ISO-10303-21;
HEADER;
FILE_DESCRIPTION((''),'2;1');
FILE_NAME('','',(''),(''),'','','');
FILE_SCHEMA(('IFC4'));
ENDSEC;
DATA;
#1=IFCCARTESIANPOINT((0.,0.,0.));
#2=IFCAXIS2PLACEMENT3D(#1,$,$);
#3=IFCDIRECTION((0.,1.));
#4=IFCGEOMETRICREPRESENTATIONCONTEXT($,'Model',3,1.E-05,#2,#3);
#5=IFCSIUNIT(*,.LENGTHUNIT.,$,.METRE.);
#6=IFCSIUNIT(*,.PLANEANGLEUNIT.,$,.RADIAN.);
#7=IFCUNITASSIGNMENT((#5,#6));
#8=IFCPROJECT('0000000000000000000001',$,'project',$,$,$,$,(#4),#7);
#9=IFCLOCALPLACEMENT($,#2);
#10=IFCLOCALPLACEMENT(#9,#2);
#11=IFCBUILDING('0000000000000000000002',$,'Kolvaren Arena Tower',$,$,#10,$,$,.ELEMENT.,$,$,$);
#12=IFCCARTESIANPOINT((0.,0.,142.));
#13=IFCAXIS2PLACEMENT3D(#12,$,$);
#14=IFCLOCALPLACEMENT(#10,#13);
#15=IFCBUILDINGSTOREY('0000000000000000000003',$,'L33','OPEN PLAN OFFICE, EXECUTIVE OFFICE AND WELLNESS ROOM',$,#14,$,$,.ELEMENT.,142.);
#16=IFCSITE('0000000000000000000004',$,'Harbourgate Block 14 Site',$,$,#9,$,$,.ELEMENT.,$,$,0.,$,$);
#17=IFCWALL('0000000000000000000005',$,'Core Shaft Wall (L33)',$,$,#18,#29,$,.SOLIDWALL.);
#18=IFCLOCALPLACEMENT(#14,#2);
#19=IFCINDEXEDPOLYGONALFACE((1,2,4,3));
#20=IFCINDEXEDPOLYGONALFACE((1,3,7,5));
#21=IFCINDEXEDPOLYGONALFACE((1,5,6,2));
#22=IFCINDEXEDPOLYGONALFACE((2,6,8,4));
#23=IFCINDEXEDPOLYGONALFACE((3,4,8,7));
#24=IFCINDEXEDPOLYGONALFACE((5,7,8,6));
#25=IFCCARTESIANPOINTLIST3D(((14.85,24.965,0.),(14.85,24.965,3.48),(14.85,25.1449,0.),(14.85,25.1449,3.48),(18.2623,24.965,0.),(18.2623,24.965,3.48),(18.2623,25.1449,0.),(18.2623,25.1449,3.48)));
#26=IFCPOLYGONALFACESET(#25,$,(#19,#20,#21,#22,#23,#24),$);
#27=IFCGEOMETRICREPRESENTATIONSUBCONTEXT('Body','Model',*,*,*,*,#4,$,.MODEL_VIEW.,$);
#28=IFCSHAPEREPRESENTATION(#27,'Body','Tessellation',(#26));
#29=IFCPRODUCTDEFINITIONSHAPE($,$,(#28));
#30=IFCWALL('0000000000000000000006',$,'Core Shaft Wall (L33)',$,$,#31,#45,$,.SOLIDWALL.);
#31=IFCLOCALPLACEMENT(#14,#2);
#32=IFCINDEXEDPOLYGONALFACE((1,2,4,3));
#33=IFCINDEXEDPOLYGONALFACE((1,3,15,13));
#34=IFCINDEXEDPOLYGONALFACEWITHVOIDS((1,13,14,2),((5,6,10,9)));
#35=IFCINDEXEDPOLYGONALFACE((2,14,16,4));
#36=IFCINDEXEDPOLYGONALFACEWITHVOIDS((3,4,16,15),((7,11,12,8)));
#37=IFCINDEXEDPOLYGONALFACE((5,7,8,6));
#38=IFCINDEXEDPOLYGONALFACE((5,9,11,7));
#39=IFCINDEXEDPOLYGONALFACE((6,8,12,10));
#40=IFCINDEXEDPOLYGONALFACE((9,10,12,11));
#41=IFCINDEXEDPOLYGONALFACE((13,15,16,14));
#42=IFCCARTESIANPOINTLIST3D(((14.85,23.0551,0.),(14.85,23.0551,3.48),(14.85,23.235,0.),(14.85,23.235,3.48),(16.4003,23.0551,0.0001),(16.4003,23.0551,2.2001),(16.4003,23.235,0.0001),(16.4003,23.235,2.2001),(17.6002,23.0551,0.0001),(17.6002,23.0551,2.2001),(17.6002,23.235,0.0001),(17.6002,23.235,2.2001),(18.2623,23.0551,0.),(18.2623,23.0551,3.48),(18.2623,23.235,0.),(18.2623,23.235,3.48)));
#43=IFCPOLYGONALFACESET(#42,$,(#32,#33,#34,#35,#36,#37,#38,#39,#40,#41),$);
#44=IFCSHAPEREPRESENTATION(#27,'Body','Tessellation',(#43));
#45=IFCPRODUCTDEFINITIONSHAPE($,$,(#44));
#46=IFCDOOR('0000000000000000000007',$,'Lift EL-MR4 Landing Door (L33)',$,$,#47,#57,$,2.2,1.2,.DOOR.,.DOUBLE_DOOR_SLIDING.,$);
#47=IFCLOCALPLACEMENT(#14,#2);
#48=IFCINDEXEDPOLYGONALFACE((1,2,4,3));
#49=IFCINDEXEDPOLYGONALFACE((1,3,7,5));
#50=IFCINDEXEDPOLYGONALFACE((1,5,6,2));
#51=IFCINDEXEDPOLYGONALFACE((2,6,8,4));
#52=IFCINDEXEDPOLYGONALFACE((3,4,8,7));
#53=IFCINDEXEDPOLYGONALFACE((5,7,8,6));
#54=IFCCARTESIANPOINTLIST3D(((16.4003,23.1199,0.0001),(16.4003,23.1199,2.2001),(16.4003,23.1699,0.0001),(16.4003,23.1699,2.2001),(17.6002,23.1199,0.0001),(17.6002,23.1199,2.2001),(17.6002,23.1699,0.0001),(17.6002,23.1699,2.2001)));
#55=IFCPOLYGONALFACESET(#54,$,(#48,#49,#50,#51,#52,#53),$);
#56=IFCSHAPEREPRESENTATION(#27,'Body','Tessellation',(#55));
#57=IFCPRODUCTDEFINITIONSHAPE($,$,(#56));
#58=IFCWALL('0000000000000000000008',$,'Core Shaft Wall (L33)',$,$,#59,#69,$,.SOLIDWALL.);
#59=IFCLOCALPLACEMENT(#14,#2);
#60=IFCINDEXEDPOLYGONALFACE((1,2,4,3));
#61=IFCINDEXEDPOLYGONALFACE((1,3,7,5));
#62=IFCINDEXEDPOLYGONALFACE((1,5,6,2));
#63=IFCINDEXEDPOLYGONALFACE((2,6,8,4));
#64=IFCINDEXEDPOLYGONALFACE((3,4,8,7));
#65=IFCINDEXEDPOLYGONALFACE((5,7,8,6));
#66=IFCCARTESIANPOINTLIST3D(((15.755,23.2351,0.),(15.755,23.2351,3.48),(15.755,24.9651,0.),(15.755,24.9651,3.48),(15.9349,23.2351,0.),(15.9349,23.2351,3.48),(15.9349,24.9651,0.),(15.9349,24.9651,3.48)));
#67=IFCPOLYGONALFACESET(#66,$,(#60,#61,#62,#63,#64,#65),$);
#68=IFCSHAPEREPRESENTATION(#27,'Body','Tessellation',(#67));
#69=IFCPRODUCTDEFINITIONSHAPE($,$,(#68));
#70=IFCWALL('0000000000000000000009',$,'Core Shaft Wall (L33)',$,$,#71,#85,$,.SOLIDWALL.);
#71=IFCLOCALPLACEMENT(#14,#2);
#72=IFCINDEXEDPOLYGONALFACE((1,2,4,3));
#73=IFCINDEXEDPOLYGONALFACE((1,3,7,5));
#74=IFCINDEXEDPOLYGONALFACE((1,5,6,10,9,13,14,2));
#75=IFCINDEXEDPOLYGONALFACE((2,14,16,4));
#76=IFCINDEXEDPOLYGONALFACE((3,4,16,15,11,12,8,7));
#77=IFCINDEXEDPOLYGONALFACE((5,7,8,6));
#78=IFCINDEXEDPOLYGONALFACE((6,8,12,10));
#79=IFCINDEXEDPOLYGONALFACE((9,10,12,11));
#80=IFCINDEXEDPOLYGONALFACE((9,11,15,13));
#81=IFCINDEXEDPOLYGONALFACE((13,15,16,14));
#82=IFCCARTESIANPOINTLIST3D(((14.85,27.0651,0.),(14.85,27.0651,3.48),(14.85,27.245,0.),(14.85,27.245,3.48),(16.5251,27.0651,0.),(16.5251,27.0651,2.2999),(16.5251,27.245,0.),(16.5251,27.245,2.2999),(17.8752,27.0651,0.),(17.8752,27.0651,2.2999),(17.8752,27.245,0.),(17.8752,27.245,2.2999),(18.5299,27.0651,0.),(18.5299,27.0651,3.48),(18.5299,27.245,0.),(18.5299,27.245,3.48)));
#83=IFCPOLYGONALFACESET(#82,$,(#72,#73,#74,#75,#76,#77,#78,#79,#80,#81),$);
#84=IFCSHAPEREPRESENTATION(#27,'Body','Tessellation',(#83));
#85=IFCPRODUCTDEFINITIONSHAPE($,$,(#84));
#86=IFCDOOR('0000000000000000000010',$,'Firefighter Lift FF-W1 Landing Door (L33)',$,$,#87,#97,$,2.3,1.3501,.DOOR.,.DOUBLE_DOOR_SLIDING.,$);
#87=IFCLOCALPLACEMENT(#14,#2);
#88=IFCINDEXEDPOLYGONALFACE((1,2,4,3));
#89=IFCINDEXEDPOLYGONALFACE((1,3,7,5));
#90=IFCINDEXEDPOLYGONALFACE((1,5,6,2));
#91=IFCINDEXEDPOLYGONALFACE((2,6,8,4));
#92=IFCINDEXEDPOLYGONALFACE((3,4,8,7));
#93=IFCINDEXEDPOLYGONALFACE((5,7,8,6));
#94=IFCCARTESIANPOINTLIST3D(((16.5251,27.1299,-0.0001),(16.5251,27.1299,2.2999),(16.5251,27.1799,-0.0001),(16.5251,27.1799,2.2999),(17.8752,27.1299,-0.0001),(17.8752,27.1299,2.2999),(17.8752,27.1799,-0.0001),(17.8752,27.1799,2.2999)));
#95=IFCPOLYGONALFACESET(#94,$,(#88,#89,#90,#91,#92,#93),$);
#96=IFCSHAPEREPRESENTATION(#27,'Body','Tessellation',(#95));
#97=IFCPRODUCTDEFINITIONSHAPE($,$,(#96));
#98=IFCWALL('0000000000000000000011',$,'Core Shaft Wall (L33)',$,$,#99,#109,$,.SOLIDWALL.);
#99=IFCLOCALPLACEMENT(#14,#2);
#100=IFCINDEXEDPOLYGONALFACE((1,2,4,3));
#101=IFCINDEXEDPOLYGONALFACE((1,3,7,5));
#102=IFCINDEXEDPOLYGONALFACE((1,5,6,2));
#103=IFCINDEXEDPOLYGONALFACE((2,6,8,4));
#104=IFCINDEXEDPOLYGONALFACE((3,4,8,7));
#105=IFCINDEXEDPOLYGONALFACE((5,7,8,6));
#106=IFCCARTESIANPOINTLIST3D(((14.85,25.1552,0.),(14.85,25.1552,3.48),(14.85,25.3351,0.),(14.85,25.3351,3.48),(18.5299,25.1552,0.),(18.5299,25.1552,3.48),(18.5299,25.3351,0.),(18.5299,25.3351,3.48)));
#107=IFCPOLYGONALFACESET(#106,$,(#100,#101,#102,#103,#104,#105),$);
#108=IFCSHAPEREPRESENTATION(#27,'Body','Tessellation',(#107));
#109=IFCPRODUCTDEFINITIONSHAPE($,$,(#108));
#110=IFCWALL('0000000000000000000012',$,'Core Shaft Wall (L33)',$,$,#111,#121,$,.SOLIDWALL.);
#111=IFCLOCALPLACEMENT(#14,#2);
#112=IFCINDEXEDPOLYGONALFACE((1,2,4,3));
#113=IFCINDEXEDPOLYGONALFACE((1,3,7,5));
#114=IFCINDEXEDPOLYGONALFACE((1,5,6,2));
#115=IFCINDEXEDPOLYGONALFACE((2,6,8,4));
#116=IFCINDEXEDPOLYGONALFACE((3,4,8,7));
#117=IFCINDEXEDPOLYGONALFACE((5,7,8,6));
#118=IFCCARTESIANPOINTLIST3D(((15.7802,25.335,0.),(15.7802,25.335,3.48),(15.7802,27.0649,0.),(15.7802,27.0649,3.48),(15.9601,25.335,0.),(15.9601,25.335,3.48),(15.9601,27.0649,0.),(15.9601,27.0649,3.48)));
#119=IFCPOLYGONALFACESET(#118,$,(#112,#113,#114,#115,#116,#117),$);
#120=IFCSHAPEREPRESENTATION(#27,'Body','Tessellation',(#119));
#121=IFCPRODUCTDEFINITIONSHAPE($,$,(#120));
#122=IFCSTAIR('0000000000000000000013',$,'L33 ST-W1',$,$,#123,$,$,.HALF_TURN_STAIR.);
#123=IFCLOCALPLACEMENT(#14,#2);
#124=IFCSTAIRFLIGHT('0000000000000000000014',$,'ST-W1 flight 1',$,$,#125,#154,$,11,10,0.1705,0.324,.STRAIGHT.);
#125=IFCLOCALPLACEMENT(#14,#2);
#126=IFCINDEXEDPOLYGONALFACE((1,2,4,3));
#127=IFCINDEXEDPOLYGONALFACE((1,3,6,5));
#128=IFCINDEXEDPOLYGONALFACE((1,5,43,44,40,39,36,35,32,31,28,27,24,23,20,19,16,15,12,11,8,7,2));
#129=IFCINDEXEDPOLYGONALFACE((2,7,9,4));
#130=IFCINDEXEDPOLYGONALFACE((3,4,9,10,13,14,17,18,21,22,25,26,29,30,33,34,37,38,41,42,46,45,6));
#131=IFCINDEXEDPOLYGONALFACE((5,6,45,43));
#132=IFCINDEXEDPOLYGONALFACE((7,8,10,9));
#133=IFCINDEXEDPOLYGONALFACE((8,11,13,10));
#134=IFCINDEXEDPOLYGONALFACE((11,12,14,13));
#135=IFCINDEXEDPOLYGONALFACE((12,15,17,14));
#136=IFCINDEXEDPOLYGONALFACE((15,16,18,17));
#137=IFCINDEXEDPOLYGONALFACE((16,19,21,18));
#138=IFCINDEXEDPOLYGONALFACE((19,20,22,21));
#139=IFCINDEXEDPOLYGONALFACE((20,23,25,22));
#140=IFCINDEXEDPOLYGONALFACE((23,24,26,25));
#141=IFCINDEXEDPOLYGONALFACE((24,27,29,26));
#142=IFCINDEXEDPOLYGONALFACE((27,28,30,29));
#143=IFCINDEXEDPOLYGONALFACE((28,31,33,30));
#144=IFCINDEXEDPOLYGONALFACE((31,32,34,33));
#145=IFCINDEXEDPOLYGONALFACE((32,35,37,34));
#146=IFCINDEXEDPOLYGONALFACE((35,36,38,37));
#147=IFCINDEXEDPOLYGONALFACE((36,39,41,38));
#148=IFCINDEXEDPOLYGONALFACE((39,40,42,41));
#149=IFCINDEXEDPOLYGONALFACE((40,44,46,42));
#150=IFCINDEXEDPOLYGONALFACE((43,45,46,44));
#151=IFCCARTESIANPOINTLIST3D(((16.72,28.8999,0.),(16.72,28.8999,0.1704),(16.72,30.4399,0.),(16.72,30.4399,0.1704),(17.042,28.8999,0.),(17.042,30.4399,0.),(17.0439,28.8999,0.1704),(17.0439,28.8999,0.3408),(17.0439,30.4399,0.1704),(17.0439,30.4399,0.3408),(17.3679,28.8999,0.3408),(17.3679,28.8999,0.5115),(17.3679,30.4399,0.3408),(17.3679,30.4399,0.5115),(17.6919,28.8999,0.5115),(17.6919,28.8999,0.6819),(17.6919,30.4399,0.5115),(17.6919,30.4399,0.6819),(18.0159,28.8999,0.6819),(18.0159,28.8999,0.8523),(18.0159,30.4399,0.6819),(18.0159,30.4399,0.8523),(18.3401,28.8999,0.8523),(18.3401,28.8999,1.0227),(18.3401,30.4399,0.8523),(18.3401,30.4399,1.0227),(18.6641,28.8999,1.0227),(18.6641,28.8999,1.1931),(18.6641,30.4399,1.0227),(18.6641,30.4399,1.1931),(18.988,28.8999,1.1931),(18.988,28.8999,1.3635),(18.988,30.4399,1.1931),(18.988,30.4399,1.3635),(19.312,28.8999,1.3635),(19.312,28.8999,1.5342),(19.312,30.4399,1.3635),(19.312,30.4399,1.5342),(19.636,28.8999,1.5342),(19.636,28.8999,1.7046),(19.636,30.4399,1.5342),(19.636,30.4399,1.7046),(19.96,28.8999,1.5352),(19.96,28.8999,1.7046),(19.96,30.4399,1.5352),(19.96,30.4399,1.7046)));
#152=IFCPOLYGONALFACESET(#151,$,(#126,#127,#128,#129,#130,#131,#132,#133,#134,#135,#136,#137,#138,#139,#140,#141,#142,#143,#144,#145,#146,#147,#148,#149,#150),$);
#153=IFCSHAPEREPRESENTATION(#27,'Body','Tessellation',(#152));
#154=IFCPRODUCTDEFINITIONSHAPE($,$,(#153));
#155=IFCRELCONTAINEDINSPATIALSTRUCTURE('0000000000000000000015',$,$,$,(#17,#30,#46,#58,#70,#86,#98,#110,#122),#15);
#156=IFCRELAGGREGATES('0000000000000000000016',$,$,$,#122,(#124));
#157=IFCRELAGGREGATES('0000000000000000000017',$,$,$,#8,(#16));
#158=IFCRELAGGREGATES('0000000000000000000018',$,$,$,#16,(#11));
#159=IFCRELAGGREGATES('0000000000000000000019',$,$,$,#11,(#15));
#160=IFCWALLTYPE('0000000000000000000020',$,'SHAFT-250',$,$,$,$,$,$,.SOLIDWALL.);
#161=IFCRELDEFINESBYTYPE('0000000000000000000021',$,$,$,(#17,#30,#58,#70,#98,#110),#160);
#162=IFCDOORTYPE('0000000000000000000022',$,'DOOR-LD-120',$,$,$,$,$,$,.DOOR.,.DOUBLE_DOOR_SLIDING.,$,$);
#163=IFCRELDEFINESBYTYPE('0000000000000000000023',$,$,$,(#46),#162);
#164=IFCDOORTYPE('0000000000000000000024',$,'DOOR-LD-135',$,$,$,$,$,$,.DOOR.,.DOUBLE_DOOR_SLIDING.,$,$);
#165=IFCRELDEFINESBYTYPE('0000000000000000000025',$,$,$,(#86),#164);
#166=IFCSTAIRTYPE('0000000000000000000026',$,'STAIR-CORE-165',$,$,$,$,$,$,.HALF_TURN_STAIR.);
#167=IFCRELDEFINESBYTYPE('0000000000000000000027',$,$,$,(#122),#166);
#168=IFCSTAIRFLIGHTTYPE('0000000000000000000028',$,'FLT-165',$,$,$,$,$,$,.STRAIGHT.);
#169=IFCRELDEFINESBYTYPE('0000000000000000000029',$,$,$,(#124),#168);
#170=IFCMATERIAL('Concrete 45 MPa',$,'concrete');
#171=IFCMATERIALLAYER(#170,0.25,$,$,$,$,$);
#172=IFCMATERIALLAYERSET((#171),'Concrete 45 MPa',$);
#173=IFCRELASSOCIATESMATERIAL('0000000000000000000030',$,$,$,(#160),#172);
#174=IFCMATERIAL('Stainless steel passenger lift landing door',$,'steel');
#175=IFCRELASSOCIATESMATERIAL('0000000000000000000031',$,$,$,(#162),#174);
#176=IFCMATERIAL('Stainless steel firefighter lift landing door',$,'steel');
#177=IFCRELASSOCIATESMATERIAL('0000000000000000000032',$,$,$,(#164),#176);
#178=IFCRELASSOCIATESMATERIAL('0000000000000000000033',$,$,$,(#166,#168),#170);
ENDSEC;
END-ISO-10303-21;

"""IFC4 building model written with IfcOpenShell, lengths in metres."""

from ifc_helpers import new_model, si_unit, direction, frame, frame_2d, origin, place, context, subcontext, project, spatial, polyline, rectangle, outline, extrude, material, layer, layer_set, type_object, element, fill, aggregate, save


model = new_model("IFC4")

# Units and contexts
model_context = context("Model", 3, precision=1e-05, world=origin(), true_north=direction((0.0, 1.0)))
body_context = subcontext(model_context, "Body", "Model", "MODEL_VIEW")
ifc_project = project(units=[si_unit("LENGTHUNIT", "METRE"), si_unit("PLANEANGLEUNIT", "RADIAN")], contexts=[model_context])

# Site, building, storey
site_placement = place(None, origin())
site = spatial("IfcSite", under=ifc_project, at=site_placement, Name="Harbourgate Block 14 Site", CompositionType="ELEMENT", RefElevation=0.0)
building_placement = place(site_placement, origin())
building = spatial("IfcBuilding", under=site, at=building_placement, Name="Kolvaren Arena Tower", CompositionType="ELEMENT")
storey_placement = place(building_placement, frame((0.0, 0.0, 142.0)))
storey = spatial("IfcBuildingStorey", under=building, at=storey_placement, Name="L33", Description="OPEN PLAN OFFICE, EXECUTIVE OFFICE AND WELLNESS ROOM", CompositionType="ELEMENT", Elevation=142.0)

# Wall
ifc_material_1 = material(Name="Concrete 45 MPa", Category="concrete")
ifc_layer = layer(ifc_material_1, 0.25)
ifc_layer_set = layer_set([ifc_layer], Name="Concrete 45 MPa")
wall_type = type_object("IfcWallType", Name="SHAFT-250", PredefinedType="SOLIDWALL", material=ifc_layer_set)
wall_1_placement = place(storey_placement, frame((14.8501, 25.0549, 0.0), z_axis=(0.0, 0.0, 1.0), x_axis=(1.0, 0.0, 0.0)))
element("IfcWall", 1, at=wall_1_placement, inside=storey, type_object=wall_type, Name="Core Shaft Wall (L33)", PredefinedType="SOLIDWALL", context=body_context, shape_type="SweptSolid", body=[
    extrude(rectangle(XDim=3.4124, YDim=0.1799, at=frame_2d((1.7061, 0.0))), origin(), (0.0, 0.0, 1.0), 3.48),
])

# Wall, opening, door
wall_2_placement = place(storey_placement, frame((14.8501, 23.145, 0.0), z_axis=(0.0, 0.0, 1.0), x_axis=(1.0, 0.0, 0.0)))
wall_2 = element("IfcWall", 2, at=wall_2_placement, inside=storey, type_object=wall_type, Name="Core Shaft Wall (L33)", PredefinedType="SOLIDWALL", context=body_context, shape_type="SweptSolid", body=[
    extrude(rectangle(XDim=3.4124, YDim=0.1799, at=frame_2d((1.7061, 0.0))), origin(), (0.0, 0.0, 1.0), 3.48),
])
opening_1_placement = place(wall_2_placement, frame((1.55, 0.0, 0.0)))
opening_1 = element("IfcOpeningElement", 3, at=opening_1_placement, cuts=wall_2, PredefinedType="OPENING", context=body_context, shape_type="SweptSolid", body=[
    extrude(rectangle(XDim=1.2, YDim=2.2, at=frame_2d((0.6001, 1.1001))), frame((0.0, 0.0999, 0.0), z_axis=(0.0, -1.0, 0.0), x_axis=(1.0, 0.0, 0.0)), (0.0, 0.0, 1.0), 0.2),
])
ifc_material_2 = material(Name="Stainless steel passenger lift landing door", Category="steel")
door_type_1 = type_object("IfcDoorType", Name="DOOR-LD-120", OperationType="DOUBLE_DOOR_SLIDING", PredefinedType="DOOR", material=ifc_material_2)
door_1_placement = place(opening_1_placement, origin())
door_1 = element("IfcDoor", 4, at=door_1_placement, inside=storey, type_object=door_type_1, Name="Lift EL-MR4 Landing Door (L33)", OperationType="DOUBLE_DOOR_SLIDING", OverallHeight=2.2, OverallWidth=1.2, PredefinedType="DOOR", context=body_context, shape_type="SweptSolid", body=[
    extrude(rectangle(XDim=1.2, YDim=2.2, at=frame_2d((0.6001, 1.1001))), frame((0.0, 0.0249, 0.0), z_axis=(0.0, -1.0, 0.0), x_axis=(1.0, 0.0, 0.0)), (0.0, 0.0, 1.0), 0.05),
])
fill(opening_1, door_1)

# Wall
wall_3_placement = place(storey_placement, frame((15.845, 23.2351, 0.0), z_axis=(0.0, 0.0, 1.0), x_axis=(0.0, 1.0, 0.0)))
element("IfcWall", 5, at=wall_3_placement, inside=storey, type_object=wall_type, Name="Core Shaft Wall (L33)", PredefinedType="SOLIDWALL", context=body_context, shape_type="SweptSolid", body=[
    extrude(rectangle(XDim=1.73, YDim=0.1799, at=frame_2d((0.865, 0.0))), origin(), (0.0, 0.0, 1.0), 3.48),
])

# Wall, opening, door
wall_4_placement = place(storey_placement, frame((14.8501, 27.155, 0.0), z_axis=(0.0, 0.0, 1.0), x_axis=(1.0, 0.0, 0.0)))
wall_4 = element("IfcWall", 6, at=wall_4_placement, inside=storey, type_object=wall_type, Name="Core Shaft Wall (L33)", PredefinedType="SOLIDWALL", context=body_context, shape_type="SweptSolid", body=[
    extrude(rectangle(XDim=3.6799, YDim=0.1799, at=frame_2d((1.8398, 0.0))), origin(), (0.0, 0.0, 1.0), 3.48),
])
opening_2_placement = place(wall_4_placement, frame((1.675, 0.0, 0.0)))
opening_2 = element("IfcOpeningElement", 7, at=opening_2_placement, cuts=wall_4, PredefinedType="OPENING", context=body_context, shape_type="SweptSolid", body=[
    extrude(rectangle(XDim=1.3501, YDim=2.3, at=frame_2d((0.675, 1.1499))), frame((0.0, 0.0999, 0.0), z_axis=(0.0, -1.0, 0.0), x_axis=(1.0, 0.0, 0.0)), (0.0, 0.0, 1.0), 0.2),
])
ifc_material_3 = material(Name="Stainless steel firefighter lift landing door", Category="steel")
door_type_2 = type_object("IfcDoorType", Name="DOOR-LD-135", OperationType="DOUBLE_DOOR_SLIDING", PredefinedType="DOOR", material=ifc_material_3)
door_2_placement = place(opening_2_placement, origin())
door_2 = element("IfcDoor", 8, at=door_2_placement, inside=storey, type_object=door_type_2, Name="Firefighter Lift FF-W1 Landing Door (L33)", OperationType="DOUBLE_DOOR_SLIDING", OverallHeight=2.3, OverallWidth=1.3501, PredefinedType="DOOR", context=body_context, shape_type="SweptSolid", body=[
    extrude(rectangle(XDim=1.3501, YDim=2.3, at=frame_2d((0.675, 1.1499))), frame((0.0, 0.0249, 0.0), z_axis=(0.0, -1.0, 0.0), x_axis=(1.0, 0.0, 0.0)), (0.0, 0.0, 1.0), 0.05),
])
fill(opening_2, door_2)

# Walls
wall_5_placement = place(storey_placement, frame((14.8501, 25.2451, 0.0), z_axis=(0.0, 0.0, 1.0), x_axis=(1.0, 0.0, 0.0)))
element("IfcWall", 9, at=wall_5_placement, inside=storey, type_object=wall_type, Name="Core Shaft Wall (L33)", PredefinedType="SOLIDWALL", context=body_context, shape_type="SweptSolid", body=[
    extrude(rectangle(XDim=3.6799, YDim=0.1799, at=frame_2d((1.8398, 0.0))), origin(), (0.0, 0.0, 1.0), 3.48),
])
wall_6_placement = place(storey_placement, frame((15.8701, 25.335, 0.0), z_axis=(0.0, 0.0, 1.0), x_axis=(0.0, 1.0, 0.0)))
element("IfcWall", 10, at=wall_6_placement, inside=storey, type_object=wall_type, Name="Core Shaft Wall (L33)", PredefinedType="SOLIDWALL", context=body_context, shape_type="SweptSolid", body=[
    extrude(rectangle(XDim=1.73, YDim=0.1799, at=frame_2d((0.865, 0.0))), origin(), (0.0, 0.0, 1.0), 3.48),
])

# Stair, stair flight
stair_type = type_object("IfcStairType", Name="STAIR-CORE-165", PredefinedType="HALF_TURN_STAIR", material=ifc_material_1)
stair_placement = place(storey_placement, origin())
stair = element("IfcStair", 11, at=stair_placement, inside=storey, type_object=stair_type, Name="L33 ST-W1", PredefinedType="HALF_TURN_STAIR")
stair_flight_type = type_object("IfcStairFlightType", Name="FLT-165", PredefinedType="STRAIGHT", material=ifc_material_1)
stair_flight_placement = place(storey_placement, frame((16.72, 29.6699, 0.0), z_axis=(0.0, 0.0, 1.0), x_axis=(1.0, 0.0, 0.0)))
stair_flight = element("IfcStairFlight", 12, at=stair_flight_placement, type_object=stair_flight_type, Name="ST-W1 flight 1", NumberOfRisers=11, NumberOfTreads=10, PredefinedType="STRAIGHT", RiserHeight=0.1705, TreadLength=0.324, context=body_context, shape_type="SweptSolid", body=[
    extrude(outline(polyline([(0.0, 0.0), (0.0, 0.1704), (0.324, 0.1704), (0.324, 0.3408), (0.6479, 0.3408), (0.6479, 0.5115), (0.9719, 0.5115), (0.9719, 0.6819), (1.2959, 0.6819), (1.2959, 0.8523), (1.6201, 0.8523), (1.6201, 1.0227), (1.9441, 1.0227), (1.9441, 1.1931), (2.2681, 1.1931), (2.2681, 1.3635), (2.592, 1.3635), (2.592, 1.5342), (2.916, 1.5342), (2.916, 1.7046), (3.24, 1.7046), (3.24, 1.875), (3.24, 1.5352), (0.322, 0.0), (0.0, 0.0)])), frame((0.0, 0.77, 0.0), z_axis=(0.0, -1.0, 0.0), x_axis=(1.0, 0.0, 0.0)), (0.0, 0.0, 1.0), 1.54),
])
aggregate(stair, [stair_flight])

save(model, "model.ifc")
